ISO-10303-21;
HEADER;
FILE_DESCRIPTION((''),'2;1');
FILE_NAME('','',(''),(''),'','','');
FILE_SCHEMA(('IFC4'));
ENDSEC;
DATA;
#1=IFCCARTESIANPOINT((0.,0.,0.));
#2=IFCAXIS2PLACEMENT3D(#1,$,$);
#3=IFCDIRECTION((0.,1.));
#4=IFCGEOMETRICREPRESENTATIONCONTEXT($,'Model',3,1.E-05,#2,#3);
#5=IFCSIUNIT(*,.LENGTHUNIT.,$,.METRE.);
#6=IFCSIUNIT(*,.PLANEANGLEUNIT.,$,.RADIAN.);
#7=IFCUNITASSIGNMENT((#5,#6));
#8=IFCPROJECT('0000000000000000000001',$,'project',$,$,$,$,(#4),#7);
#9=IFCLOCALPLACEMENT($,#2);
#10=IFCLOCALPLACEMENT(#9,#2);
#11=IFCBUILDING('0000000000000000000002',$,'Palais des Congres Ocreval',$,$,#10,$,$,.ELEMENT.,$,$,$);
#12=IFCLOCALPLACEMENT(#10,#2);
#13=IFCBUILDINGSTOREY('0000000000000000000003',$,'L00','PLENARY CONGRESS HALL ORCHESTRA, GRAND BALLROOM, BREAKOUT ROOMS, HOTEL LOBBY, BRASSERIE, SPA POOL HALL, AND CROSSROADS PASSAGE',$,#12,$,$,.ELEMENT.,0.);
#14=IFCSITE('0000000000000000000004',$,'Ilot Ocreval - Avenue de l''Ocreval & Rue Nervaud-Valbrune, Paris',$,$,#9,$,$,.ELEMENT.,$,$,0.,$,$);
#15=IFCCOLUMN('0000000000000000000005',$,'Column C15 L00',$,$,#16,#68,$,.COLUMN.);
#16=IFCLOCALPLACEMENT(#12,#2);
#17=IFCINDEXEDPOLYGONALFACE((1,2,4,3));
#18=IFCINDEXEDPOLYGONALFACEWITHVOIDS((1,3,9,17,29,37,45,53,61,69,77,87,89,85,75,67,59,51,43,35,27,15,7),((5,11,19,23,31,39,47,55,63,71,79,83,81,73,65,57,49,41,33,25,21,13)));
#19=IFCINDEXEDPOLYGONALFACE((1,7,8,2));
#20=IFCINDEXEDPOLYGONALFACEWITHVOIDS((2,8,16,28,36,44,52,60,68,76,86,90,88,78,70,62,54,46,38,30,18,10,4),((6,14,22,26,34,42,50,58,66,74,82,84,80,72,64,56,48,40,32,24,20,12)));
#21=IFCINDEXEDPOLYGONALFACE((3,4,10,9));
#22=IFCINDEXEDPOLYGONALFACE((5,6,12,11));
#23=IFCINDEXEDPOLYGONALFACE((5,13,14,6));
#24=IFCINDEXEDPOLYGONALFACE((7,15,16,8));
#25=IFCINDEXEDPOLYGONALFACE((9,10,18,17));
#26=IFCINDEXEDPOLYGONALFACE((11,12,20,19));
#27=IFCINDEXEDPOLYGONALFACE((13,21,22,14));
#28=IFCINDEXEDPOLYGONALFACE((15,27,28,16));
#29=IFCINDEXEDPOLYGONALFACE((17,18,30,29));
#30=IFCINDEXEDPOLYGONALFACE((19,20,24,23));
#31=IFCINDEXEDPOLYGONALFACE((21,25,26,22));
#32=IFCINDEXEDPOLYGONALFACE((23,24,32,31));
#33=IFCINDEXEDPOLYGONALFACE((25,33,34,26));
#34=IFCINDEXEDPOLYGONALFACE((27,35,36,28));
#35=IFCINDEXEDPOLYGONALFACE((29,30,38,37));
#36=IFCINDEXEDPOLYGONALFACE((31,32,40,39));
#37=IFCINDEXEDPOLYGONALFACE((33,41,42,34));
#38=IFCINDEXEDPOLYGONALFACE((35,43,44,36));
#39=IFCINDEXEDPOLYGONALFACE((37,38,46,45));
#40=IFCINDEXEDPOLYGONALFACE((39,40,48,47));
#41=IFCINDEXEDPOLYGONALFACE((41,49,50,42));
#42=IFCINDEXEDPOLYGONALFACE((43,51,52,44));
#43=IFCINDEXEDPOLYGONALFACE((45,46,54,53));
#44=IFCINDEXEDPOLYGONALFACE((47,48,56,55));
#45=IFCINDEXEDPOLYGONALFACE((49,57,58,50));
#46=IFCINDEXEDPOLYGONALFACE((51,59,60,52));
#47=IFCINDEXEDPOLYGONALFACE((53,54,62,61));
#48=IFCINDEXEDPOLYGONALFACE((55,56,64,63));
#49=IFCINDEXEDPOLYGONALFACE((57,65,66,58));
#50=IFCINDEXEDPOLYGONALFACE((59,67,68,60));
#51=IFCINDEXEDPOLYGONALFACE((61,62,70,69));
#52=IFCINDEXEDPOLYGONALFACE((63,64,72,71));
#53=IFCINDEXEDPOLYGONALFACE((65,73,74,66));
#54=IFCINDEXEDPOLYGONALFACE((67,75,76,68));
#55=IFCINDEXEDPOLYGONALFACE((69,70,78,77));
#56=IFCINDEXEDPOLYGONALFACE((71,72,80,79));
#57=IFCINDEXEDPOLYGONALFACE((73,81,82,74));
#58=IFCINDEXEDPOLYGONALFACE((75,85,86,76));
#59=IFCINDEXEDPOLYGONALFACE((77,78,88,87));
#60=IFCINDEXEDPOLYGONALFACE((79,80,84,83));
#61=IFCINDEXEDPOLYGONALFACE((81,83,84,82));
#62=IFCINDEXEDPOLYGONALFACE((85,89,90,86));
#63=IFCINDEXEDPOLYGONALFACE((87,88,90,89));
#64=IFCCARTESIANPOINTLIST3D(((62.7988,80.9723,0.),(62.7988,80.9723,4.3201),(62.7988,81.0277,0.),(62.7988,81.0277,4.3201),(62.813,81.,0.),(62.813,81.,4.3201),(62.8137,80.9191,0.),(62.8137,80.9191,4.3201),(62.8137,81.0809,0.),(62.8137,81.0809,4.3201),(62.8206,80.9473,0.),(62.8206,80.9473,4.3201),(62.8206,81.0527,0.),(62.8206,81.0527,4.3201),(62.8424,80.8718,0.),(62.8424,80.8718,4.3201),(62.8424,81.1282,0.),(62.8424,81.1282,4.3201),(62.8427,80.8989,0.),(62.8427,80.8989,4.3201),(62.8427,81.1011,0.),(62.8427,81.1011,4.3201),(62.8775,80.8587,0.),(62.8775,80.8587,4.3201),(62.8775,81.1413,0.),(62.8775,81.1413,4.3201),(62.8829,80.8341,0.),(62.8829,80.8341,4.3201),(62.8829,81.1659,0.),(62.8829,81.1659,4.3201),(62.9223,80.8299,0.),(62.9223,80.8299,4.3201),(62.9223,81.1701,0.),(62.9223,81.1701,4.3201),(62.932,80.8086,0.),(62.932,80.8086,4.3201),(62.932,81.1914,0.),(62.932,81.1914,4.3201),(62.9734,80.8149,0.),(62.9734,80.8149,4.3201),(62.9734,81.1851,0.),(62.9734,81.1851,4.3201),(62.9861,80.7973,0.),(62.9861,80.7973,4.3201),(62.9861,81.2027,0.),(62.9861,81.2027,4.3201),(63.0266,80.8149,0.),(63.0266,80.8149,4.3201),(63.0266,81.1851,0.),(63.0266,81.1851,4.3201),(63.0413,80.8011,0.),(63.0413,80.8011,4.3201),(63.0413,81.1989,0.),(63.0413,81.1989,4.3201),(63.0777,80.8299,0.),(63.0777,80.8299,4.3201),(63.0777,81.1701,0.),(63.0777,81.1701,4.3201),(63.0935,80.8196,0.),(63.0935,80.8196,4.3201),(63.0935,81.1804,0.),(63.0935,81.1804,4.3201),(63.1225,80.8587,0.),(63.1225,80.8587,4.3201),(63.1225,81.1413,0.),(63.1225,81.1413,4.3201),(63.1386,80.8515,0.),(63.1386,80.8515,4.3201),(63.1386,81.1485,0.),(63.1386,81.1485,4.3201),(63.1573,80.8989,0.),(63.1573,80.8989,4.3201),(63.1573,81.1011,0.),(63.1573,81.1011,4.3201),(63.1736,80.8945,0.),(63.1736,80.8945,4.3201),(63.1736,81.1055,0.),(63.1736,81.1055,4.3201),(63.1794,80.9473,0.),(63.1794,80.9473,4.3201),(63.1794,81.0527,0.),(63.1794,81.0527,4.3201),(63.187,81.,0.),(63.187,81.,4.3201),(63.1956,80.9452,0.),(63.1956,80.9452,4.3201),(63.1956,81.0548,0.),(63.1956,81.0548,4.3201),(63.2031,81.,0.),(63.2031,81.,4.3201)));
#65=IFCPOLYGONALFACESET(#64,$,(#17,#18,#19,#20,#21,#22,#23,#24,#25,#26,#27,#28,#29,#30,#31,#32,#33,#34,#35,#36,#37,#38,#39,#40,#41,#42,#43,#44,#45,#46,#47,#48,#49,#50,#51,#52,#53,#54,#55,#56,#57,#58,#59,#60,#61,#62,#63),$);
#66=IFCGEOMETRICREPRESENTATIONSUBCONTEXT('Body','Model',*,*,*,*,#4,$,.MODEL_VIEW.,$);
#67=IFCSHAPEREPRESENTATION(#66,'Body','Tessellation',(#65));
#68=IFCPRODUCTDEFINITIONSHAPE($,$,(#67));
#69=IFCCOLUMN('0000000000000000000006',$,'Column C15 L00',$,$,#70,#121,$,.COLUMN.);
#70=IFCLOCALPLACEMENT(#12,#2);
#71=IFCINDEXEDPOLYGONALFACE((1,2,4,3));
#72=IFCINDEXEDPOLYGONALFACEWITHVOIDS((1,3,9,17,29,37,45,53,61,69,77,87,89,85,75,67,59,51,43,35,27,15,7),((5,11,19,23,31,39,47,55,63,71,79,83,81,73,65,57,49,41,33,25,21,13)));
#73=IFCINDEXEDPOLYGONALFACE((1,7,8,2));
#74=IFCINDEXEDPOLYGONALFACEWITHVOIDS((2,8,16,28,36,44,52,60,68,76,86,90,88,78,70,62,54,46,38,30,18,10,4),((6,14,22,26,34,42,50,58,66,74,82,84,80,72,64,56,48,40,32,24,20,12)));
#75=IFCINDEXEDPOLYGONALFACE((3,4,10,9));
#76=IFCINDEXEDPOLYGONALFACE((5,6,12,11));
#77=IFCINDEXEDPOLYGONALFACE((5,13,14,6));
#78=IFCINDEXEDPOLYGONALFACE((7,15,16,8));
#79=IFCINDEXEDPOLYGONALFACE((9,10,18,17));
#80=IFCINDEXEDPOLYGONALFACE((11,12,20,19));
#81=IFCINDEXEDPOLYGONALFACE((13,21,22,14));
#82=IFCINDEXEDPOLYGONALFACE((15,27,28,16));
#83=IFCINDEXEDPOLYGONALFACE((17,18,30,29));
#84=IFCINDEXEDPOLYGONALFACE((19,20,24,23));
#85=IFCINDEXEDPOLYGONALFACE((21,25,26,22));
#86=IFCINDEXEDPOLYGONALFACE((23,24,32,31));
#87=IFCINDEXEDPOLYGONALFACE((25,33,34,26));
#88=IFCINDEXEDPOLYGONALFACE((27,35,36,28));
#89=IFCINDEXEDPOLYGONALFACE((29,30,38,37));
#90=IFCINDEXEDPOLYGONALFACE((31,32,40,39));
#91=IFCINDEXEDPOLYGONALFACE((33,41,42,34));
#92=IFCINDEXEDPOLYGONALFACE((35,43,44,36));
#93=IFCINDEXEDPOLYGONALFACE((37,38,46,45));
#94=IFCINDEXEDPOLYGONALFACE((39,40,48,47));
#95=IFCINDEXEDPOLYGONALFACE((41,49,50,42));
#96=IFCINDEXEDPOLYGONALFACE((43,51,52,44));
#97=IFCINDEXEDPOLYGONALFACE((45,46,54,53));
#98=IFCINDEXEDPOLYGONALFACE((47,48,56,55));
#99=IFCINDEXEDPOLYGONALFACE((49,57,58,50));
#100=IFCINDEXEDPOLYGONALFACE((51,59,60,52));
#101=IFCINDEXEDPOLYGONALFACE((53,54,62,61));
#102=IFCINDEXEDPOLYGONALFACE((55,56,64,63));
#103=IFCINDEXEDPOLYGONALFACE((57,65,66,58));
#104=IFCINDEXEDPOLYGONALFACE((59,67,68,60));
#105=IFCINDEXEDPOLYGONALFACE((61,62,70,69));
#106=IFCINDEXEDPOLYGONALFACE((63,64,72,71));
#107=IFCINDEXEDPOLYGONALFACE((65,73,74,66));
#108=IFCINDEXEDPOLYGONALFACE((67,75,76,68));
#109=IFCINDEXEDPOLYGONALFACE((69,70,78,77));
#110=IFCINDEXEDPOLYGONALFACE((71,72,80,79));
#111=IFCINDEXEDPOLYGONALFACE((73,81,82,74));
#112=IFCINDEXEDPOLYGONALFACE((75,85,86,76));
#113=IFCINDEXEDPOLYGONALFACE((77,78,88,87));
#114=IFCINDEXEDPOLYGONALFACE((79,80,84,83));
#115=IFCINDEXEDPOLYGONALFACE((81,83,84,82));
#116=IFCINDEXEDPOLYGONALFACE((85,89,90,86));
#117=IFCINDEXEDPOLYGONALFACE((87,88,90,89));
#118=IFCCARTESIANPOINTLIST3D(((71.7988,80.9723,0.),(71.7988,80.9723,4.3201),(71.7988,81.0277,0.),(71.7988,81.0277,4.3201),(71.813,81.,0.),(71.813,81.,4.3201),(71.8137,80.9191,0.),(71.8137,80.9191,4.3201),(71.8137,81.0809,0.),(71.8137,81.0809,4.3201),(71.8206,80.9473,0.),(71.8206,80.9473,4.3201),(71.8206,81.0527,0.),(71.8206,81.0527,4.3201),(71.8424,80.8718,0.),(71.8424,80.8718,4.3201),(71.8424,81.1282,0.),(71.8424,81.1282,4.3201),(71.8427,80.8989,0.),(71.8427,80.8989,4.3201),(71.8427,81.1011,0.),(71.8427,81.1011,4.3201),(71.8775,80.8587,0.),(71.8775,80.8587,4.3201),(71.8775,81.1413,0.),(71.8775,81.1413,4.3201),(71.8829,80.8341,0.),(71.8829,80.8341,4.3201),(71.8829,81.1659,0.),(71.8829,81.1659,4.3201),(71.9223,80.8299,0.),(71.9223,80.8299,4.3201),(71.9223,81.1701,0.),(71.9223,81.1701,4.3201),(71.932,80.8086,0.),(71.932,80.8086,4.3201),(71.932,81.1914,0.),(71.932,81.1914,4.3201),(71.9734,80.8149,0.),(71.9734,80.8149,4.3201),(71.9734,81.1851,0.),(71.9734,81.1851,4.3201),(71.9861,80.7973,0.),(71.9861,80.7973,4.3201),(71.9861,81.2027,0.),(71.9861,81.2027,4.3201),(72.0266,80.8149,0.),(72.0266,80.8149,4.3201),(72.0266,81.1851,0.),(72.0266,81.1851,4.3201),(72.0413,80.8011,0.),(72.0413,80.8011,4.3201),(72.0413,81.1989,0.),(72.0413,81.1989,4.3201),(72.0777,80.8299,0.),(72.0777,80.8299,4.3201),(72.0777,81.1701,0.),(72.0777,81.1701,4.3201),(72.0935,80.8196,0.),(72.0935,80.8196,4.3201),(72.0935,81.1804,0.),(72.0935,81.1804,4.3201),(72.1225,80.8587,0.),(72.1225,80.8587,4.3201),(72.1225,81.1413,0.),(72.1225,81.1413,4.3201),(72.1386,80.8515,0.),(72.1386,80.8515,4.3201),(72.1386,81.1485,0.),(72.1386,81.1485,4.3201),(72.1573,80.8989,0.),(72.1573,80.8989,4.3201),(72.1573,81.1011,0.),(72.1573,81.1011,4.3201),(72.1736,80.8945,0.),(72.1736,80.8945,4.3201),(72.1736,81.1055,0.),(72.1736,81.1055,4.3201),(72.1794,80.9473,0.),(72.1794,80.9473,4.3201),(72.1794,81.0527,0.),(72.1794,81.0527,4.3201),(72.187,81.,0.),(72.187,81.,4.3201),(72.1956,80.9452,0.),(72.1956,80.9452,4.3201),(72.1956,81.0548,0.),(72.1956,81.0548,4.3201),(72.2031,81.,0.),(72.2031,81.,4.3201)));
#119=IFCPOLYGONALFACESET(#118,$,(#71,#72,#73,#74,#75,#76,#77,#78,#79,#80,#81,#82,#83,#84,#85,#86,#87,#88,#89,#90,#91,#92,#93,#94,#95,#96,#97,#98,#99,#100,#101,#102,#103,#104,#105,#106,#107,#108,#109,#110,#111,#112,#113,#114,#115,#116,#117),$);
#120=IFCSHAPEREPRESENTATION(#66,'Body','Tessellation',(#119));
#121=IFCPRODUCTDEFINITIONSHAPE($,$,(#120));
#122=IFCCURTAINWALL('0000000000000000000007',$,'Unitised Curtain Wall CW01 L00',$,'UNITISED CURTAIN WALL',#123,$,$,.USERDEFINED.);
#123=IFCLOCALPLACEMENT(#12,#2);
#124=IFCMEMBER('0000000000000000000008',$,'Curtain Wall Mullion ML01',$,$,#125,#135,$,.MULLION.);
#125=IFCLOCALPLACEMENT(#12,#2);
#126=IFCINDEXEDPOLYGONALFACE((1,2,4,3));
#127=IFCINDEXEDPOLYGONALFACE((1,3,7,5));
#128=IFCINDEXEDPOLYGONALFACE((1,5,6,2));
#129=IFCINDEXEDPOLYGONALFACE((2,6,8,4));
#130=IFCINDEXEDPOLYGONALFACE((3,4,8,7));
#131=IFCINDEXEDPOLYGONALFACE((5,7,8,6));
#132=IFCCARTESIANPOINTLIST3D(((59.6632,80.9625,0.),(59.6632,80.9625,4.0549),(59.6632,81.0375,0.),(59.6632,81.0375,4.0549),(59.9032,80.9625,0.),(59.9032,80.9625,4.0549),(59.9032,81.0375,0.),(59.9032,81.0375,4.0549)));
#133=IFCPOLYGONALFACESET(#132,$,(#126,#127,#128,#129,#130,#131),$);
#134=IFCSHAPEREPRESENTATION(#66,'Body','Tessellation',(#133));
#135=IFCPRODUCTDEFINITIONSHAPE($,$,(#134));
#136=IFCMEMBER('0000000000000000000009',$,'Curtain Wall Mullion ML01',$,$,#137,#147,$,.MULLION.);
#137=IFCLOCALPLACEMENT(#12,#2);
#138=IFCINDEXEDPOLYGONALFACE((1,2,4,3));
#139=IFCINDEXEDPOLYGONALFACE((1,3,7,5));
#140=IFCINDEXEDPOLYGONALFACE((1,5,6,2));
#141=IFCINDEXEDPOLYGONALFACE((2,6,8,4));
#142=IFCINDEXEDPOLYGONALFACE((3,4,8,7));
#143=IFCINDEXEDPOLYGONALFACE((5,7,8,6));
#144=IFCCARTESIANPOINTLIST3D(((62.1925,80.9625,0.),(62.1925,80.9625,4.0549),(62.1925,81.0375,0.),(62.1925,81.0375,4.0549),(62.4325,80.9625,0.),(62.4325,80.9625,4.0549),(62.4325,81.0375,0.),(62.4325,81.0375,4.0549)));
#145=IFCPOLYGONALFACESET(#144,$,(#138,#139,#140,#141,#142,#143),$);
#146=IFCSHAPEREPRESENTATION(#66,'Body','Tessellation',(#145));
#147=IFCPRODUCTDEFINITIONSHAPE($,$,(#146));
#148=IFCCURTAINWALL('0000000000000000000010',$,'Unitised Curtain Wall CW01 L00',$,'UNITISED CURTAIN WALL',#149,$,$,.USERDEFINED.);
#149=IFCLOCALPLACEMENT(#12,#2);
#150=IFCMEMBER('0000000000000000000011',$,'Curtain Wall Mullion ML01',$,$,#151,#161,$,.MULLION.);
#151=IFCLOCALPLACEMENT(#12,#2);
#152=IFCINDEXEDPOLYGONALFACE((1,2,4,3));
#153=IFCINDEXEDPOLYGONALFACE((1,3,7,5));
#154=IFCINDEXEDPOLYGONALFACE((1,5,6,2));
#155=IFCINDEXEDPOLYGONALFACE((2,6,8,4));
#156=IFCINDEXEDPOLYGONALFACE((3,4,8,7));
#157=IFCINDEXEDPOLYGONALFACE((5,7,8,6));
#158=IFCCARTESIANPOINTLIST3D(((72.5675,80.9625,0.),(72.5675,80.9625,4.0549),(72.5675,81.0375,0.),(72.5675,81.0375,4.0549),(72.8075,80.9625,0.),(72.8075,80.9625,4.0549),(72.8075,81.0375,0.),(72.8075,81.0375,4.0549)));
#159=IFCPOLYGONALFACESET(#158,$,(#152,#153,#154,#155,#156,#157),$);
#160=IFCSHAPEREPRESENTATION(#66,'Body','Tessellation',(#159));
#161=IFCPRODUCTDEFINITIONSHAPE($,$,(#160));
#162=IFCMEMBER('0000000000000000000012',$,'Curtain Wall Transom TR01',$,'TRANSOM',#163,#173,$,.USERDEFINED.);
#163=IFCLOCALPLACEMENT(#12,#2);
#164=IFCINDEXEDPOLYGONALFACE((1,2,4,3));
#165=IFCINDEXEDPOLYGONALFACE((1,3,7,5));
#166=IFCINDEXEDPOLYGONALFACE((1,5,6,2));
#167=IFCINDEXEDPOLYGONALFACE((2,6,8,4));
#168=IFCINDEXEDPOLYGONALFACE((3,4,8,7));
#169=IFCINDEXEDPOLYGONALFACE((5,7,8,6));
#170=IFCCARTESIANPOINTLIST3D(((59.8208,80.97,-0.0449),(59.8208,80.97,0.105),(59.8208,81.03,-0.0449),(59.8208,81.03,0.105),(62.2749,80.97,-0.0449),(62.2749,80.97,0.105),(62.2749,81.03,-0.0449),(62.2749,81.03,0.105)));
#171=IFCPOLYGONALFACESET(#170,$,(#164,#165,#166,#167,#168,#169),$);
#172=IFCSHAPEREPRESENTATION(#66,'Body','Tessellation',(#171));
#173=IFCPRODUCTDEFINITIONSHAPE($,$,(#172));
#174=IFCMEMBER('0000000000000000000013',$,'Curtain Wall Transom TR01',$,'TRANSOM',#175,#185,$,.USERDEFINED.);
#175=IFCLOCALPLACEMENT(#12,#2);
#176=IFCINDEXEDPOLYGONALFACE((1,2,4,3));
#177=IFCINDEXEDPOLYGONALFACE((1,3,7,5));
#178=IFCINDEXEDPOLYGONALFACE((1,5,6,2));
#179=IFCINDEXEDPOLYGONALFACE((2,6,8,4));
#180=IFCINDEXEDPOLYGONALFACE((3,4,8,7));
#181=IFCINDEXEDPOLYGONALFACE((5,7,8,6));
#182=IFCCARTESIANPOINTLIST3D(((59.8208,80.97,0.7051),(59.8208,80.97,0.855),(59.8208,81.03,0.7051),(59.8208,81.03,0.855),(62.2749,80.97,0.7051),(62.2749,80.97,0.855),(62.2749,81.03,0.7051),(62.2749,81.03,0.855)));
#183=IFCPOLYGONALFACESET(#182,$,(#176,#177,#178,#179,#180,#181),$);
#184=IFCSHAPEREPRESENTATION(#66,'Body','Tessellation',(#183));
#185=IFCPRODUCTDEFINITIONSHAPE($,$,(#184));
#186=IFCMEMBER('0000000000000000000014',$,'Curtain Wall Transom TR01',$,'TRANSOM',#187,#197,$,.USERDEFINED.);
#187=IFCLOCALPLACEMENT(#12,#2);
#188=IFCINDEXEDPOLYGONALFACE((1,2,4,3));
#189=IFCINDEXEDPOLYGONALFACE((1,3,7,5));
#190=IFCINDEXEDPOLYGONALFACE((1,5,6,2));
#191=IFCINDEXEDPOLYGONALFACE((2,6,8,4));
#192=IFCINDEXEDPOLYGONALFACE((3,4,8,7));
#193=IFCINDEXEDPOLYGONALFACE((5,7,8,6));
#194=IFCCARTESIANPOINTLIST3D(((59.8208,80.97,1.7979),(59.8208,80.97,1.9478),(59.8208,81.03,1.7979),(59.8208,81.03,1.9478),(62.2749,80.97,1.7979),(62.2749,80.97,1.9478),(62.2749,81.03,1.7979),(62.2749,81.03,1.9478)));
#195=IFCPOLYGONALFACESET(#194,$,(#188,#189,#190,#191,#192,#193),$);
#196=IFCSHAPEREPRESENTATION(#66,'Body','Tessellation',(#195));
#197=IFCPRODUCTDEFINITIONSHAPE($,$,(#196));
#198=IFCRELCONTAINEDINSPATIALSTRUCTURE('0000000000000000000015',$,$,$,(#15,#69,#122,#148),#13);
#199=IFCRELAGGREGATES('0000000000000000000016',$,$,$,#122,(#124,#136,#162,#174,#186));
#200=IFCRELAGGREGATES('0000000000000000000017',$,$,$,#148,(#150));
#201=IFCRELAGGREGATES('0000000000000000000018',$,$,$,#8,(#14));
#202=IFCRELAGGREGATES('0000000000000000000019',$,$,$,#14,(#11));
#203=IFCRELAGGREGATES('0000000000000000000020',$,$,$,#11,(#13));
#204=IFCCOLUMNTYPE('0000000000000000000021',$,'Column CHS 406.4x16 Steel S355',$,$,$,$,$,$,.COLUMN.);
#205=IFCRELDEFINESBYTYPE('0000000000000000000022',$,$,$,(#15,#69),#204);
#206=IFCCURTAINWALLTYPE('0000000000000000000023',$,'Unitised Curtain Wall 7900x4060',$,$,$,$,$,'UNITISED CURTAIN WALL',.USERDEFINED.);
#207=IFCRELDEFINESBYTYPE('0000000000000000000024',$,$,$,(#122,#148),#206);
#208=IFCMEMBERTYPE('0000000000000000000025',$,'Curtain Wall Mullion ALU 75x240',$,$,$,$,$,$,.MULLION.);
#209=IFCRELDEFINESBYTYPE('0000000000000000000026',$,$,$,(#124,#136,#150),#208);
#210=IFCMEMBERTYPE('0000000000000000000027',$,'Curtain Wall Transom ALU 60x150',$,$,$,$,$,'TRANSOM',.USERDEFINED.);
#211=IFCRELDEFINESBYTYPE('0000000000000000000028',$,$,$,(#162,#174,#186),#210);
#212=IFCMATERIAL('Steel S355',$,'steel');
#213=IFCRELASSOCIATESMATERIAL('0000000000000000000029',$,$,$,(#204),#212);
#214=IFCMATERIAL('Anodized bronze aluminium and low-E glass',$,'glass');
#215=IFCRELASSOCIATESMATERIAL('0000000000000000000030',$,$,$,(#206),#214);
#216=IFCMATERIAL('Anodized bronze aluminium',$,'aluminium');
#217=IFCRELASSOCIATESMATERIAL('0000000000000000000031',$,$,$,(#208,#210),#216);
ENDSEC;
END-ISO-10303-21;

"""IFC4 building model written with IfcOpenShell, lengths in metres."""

from ifc_helpers import new_model, si_unit, direction, frame, origin, origin_2d, place, context, subcontext, project, spatial, rectangle, hollow_circle, extrude, material, material_profile, profile_set, type_object, element, aggregate, save


model = new_model("IFC4")

# Units and contexts
model_context = context("Model", 3, precision=1e-05, world=origin(), true_north=direction((0.0, 1.0)))
body_context = subcontext(model_context, "Body", "Model", "MODEL_VIEW")
ifc_project = project(units=[si_unit("LENGTHUNIT", "METRE"), si_unit("PLANEANGLEUNIT", "RADIAN")], contexts=[model_context])

# Site, building, storey
site_placement = place(None, origin())
site = spatial("IfcSite", under=ifc_project, at=site_placement, Name="Ilot Ocreval - Avenue de l'Ocreval & Rue Nervaud-Valbrune, Paris", CompositionType="ELEMENT", RefElevation=0.0)
building_placement = place(site_placement, origin())
building = spatial("IfcBuilding", under=site, at=building_placement, Name="Palais des Congres Ocreval", CompositionType="ELEMENT")
storey_placement = place(building_placement, origin())
storey = spatial("IfcBuildingStorey", under=building, at=storey_placement, Name="L00", Description="PLENARY CONGRESS HALL ORCHESTRA, GRAND BALLROOM, BREAKOUT ROOMS, HOTEL LOBBY, BRASSERIE, SPA POOL HALL, AND CROSSROADS PASSAGE", CompositionType="ELEMENT", Elevation=0.0)

# Columns
ifc_material_1 = material(Name="Steel S355", Category="steel")
ifc_material_profile_1 = material_profile(ifc_material_1, hollow_circle(Radius=0.2031, WallThickness=0.0161, at=origin_2d()), Name="CHS 406.4x16")
ifc_profile_set_1 = profile_set([ifc_material_profile_1], Name="Steel S355")
column_type = type_object("IfcColumnType", Name="Column CHS 406.4x16 Steel S355", PredefinedType="COLUMN", material=ifc_profile_set_1)
for number, where, z_axis, x_axis, name in (
    (1, (63.0, 81.0, 0.0), (0.0, 0.0, 1.0), (1.0, 0.0, 0.0), "Column C15 L00"),
    (2, (72.0, 81.0, 0.0), (0.0, 0.0, 1.0), (1.0, 0.0, 0.0), "Column C15 L00"),
):
    element("IfcColumn", number, at=place(storey_placement, frame(where, z_axis=z_axis, x_axis=x_axis)), inside=storey, type_object=column_type, Name=name, PredefinedType="COLUMN", context=body_context, shape_type="SweptSolid", body=[
        extrude(hollow_circle(Radius=0.2031, WallThickness=0.0161, at=origin_2d()), origin(), (0.0, 0.0, 1.0), 4.3201),
    ])

# Curtain wall, members
ifc_material_2 = material(Name="Anodized bronze aluminium and low-E glass", Category="glass")
curtain_wall_type = type_object("IfcCurtainWallType", Name="Unitised Curtain Wall 7900x4060", ElementType="UNITISED CURTAIN WALL", PredefinedType="USERDEFINED", material=ifc_material_2)
curtain_wall_1_placement = place(storey_placement, origin())
curtain_wall_1 = element("IfcCurtainWall", 3, at=curtain_wall_1_placement, inside=storey, type_object=curtain_wall_type, Name="Unitised Curtain Wall CW01 L00", ObjectType="UNITISED CURTAIN WALL", PredefinedType="USERDEFINED")
ifc_material_3 = material(Name="Anodized bronze aluminium", Category="aluminium")
ifc_material_profile_2 = material_profile(ifc_material_3, rectangle(XDim=0.075, YDim=0.24, at=origin_2d()), Name="ALU 75x240")
ifc_profile_set_2 = profile_set([ifc_material_profile_2], Name="Anodized bronze aluminium")
member_type_1 = type_object("IfcMemberType", Name="Curtain Wall Mullion ALU 75x240", PredefinedType="MULLION", material=ifc_profile_set_2)
member_1_placement = place(storey_placement, frame((59.7832, 81.0, 0.0), z_axis=(0.0, 0.0, 1.0), x_axis=(0.0, 1.0, 0.0)))
member_1 = element("IfcMember", 4, at=member_1_placement, type_object=member_type_1, Name="Curtain Wall Mullion ML01", PredefinedType="MULLION", context=body_context, shape_type="SweptSolid", body=[
    extrude(rectangle(XDim=0.075, YDim=0.24, at=origin_2d()), origin(), (0.0, 0.0, 1.0), 4.0549),
])
member_2_placement = place(storey_placement, frame((62.3125, 81.0, 0.0), z_axis=(0.0, 0.0, 1.0), x_axis=(0.0, 1.0, 0.0)))
member_2 = element("IfcMember", 5, at=member_2_placement, type_object=member_type_1, Name="Curtain Wall Mullion ML01", PredefinedType="MULLION", context=body_context, shape_type="SweptSolid", body=[
    extrude(rectangle(XDim=0.075, YDim=0.24, at=origin_2d()), origin(), (0.0, 0.0, 1.0), 4.0549),
])

# Curtain wall, member
curtain_wall_2_placement = place(storey_placement, origin())
curtain_wall_2 = element("IfcCurtainWall", 6, at=curtain_wall_2_placement, inside=storey, type_object=curtain_wall_type, Name="Unitised Curtain Wall CW01 L00", ObjectType="UNITISED CURTAIN WALL", PredefinedType="USERDEFINED")
member_3_placement = place(storey_placement, frame((72.6875, 81.0, 0.0), z_axis=(0.0, 0.0, 1.0), x_axis=(0.0, 1.0, 0.0)))
member_3 = element("IfcMember", 7, at=member_3_placement, type_object=member_type_1, Name="Curtain Wall Mullion ML01", PredefinedType="MULLION", context=body_context, shape_type="SweptSolid", body=[
    extrude(rectangle(XDim=0.075, YDim=0.24, at=origin_2d()), origin(), (0.0, 0.0, 1.0), 4.0549),
])

# Members
ifc_material_profile_3 = material_profile(ifc_material_3, rectangle(XDim=0.0601, YDim=0.1499, at=origin_2d()), Name="ALU 60x150")
ifc_profile_set_3 = profile_set([ifc_material_profile_3], Name="Anodized bronze aluminium")
member_type_2 = type_object("IfcMemberType", Name="Curtain Wall Transom ALU 60x150", ElementType="TRANSOM", PredefinedType="USERDEFINED", material=ifc_profile_set_3)
member_4_placement = place(storey_placement, frame((59.8208, 81.0, 0.03), z_axis=(1.0, 0.0, 0.0), x_axis=(0.0, 1.0, 0.0)))
member_4 = element("IfcMember", 8, at=member_4_placement, type_object=member_type_2, Name="Curtain Wall Transom TR01", ObjectType="TRANSOM", PredefinedType="USERDEFINED", context=body_context, shape_type="SweptSolid", body=[
    extrude(rectangle(XDim=0.0601, YDim=0.1499, at=origin_2d()), origin(), (0.0, 0.0, 1.0), 2.4541),
])
member_5_placement = place(storey_placement, frame((59.8208, 81.0, 0.78), z_axis=(1.0, 0.0, 0.0), x_axis=(0.0, 1.0, 0.0)))
member_5 = element("IfcMember", 9, at=member_5_placement, type_object=member_type_2, Name="Curtain Wall Transom TR01", ObjectType="TRANSOM", PredefinedType="USERDEFINED", context=body_context, shape_type="SweptSolid", body=[
    extrude(rectangle(XDim=0.0601, YDim=0.1499, at=origin_2d()), origin(), (0.0, 0.0, 1.0), 2.4541),
])
member_6_placement = place(storey_placement, frame((59.8208, 81.0, 1.8728), z_axis=(1.0, 0.0, 0.0), x_axis=(0.0, 1.0, 0.0)))
member_6 = element("IfcMember", 10, at=member_6_placement, type_object=member_type_2, Name="Curtain Wall Transom TR01", ObjectType="TRANSOM", PredefinedType="USERDEFINED", context=body_context, shape_type="SweptSolid", body=[
    extrude(rectangle(XDim=0.0601, YDim=0.1499, at=origin_2d()), origin(), (0.0, 0.0, 1.0), 2.4541),
])

aggregate(curtain_wall_1, [member_1, member_2, member_4, member_5, member_6])
aggregate(curtain_wall_2, [member_3])

save(model, "model.ifc")
